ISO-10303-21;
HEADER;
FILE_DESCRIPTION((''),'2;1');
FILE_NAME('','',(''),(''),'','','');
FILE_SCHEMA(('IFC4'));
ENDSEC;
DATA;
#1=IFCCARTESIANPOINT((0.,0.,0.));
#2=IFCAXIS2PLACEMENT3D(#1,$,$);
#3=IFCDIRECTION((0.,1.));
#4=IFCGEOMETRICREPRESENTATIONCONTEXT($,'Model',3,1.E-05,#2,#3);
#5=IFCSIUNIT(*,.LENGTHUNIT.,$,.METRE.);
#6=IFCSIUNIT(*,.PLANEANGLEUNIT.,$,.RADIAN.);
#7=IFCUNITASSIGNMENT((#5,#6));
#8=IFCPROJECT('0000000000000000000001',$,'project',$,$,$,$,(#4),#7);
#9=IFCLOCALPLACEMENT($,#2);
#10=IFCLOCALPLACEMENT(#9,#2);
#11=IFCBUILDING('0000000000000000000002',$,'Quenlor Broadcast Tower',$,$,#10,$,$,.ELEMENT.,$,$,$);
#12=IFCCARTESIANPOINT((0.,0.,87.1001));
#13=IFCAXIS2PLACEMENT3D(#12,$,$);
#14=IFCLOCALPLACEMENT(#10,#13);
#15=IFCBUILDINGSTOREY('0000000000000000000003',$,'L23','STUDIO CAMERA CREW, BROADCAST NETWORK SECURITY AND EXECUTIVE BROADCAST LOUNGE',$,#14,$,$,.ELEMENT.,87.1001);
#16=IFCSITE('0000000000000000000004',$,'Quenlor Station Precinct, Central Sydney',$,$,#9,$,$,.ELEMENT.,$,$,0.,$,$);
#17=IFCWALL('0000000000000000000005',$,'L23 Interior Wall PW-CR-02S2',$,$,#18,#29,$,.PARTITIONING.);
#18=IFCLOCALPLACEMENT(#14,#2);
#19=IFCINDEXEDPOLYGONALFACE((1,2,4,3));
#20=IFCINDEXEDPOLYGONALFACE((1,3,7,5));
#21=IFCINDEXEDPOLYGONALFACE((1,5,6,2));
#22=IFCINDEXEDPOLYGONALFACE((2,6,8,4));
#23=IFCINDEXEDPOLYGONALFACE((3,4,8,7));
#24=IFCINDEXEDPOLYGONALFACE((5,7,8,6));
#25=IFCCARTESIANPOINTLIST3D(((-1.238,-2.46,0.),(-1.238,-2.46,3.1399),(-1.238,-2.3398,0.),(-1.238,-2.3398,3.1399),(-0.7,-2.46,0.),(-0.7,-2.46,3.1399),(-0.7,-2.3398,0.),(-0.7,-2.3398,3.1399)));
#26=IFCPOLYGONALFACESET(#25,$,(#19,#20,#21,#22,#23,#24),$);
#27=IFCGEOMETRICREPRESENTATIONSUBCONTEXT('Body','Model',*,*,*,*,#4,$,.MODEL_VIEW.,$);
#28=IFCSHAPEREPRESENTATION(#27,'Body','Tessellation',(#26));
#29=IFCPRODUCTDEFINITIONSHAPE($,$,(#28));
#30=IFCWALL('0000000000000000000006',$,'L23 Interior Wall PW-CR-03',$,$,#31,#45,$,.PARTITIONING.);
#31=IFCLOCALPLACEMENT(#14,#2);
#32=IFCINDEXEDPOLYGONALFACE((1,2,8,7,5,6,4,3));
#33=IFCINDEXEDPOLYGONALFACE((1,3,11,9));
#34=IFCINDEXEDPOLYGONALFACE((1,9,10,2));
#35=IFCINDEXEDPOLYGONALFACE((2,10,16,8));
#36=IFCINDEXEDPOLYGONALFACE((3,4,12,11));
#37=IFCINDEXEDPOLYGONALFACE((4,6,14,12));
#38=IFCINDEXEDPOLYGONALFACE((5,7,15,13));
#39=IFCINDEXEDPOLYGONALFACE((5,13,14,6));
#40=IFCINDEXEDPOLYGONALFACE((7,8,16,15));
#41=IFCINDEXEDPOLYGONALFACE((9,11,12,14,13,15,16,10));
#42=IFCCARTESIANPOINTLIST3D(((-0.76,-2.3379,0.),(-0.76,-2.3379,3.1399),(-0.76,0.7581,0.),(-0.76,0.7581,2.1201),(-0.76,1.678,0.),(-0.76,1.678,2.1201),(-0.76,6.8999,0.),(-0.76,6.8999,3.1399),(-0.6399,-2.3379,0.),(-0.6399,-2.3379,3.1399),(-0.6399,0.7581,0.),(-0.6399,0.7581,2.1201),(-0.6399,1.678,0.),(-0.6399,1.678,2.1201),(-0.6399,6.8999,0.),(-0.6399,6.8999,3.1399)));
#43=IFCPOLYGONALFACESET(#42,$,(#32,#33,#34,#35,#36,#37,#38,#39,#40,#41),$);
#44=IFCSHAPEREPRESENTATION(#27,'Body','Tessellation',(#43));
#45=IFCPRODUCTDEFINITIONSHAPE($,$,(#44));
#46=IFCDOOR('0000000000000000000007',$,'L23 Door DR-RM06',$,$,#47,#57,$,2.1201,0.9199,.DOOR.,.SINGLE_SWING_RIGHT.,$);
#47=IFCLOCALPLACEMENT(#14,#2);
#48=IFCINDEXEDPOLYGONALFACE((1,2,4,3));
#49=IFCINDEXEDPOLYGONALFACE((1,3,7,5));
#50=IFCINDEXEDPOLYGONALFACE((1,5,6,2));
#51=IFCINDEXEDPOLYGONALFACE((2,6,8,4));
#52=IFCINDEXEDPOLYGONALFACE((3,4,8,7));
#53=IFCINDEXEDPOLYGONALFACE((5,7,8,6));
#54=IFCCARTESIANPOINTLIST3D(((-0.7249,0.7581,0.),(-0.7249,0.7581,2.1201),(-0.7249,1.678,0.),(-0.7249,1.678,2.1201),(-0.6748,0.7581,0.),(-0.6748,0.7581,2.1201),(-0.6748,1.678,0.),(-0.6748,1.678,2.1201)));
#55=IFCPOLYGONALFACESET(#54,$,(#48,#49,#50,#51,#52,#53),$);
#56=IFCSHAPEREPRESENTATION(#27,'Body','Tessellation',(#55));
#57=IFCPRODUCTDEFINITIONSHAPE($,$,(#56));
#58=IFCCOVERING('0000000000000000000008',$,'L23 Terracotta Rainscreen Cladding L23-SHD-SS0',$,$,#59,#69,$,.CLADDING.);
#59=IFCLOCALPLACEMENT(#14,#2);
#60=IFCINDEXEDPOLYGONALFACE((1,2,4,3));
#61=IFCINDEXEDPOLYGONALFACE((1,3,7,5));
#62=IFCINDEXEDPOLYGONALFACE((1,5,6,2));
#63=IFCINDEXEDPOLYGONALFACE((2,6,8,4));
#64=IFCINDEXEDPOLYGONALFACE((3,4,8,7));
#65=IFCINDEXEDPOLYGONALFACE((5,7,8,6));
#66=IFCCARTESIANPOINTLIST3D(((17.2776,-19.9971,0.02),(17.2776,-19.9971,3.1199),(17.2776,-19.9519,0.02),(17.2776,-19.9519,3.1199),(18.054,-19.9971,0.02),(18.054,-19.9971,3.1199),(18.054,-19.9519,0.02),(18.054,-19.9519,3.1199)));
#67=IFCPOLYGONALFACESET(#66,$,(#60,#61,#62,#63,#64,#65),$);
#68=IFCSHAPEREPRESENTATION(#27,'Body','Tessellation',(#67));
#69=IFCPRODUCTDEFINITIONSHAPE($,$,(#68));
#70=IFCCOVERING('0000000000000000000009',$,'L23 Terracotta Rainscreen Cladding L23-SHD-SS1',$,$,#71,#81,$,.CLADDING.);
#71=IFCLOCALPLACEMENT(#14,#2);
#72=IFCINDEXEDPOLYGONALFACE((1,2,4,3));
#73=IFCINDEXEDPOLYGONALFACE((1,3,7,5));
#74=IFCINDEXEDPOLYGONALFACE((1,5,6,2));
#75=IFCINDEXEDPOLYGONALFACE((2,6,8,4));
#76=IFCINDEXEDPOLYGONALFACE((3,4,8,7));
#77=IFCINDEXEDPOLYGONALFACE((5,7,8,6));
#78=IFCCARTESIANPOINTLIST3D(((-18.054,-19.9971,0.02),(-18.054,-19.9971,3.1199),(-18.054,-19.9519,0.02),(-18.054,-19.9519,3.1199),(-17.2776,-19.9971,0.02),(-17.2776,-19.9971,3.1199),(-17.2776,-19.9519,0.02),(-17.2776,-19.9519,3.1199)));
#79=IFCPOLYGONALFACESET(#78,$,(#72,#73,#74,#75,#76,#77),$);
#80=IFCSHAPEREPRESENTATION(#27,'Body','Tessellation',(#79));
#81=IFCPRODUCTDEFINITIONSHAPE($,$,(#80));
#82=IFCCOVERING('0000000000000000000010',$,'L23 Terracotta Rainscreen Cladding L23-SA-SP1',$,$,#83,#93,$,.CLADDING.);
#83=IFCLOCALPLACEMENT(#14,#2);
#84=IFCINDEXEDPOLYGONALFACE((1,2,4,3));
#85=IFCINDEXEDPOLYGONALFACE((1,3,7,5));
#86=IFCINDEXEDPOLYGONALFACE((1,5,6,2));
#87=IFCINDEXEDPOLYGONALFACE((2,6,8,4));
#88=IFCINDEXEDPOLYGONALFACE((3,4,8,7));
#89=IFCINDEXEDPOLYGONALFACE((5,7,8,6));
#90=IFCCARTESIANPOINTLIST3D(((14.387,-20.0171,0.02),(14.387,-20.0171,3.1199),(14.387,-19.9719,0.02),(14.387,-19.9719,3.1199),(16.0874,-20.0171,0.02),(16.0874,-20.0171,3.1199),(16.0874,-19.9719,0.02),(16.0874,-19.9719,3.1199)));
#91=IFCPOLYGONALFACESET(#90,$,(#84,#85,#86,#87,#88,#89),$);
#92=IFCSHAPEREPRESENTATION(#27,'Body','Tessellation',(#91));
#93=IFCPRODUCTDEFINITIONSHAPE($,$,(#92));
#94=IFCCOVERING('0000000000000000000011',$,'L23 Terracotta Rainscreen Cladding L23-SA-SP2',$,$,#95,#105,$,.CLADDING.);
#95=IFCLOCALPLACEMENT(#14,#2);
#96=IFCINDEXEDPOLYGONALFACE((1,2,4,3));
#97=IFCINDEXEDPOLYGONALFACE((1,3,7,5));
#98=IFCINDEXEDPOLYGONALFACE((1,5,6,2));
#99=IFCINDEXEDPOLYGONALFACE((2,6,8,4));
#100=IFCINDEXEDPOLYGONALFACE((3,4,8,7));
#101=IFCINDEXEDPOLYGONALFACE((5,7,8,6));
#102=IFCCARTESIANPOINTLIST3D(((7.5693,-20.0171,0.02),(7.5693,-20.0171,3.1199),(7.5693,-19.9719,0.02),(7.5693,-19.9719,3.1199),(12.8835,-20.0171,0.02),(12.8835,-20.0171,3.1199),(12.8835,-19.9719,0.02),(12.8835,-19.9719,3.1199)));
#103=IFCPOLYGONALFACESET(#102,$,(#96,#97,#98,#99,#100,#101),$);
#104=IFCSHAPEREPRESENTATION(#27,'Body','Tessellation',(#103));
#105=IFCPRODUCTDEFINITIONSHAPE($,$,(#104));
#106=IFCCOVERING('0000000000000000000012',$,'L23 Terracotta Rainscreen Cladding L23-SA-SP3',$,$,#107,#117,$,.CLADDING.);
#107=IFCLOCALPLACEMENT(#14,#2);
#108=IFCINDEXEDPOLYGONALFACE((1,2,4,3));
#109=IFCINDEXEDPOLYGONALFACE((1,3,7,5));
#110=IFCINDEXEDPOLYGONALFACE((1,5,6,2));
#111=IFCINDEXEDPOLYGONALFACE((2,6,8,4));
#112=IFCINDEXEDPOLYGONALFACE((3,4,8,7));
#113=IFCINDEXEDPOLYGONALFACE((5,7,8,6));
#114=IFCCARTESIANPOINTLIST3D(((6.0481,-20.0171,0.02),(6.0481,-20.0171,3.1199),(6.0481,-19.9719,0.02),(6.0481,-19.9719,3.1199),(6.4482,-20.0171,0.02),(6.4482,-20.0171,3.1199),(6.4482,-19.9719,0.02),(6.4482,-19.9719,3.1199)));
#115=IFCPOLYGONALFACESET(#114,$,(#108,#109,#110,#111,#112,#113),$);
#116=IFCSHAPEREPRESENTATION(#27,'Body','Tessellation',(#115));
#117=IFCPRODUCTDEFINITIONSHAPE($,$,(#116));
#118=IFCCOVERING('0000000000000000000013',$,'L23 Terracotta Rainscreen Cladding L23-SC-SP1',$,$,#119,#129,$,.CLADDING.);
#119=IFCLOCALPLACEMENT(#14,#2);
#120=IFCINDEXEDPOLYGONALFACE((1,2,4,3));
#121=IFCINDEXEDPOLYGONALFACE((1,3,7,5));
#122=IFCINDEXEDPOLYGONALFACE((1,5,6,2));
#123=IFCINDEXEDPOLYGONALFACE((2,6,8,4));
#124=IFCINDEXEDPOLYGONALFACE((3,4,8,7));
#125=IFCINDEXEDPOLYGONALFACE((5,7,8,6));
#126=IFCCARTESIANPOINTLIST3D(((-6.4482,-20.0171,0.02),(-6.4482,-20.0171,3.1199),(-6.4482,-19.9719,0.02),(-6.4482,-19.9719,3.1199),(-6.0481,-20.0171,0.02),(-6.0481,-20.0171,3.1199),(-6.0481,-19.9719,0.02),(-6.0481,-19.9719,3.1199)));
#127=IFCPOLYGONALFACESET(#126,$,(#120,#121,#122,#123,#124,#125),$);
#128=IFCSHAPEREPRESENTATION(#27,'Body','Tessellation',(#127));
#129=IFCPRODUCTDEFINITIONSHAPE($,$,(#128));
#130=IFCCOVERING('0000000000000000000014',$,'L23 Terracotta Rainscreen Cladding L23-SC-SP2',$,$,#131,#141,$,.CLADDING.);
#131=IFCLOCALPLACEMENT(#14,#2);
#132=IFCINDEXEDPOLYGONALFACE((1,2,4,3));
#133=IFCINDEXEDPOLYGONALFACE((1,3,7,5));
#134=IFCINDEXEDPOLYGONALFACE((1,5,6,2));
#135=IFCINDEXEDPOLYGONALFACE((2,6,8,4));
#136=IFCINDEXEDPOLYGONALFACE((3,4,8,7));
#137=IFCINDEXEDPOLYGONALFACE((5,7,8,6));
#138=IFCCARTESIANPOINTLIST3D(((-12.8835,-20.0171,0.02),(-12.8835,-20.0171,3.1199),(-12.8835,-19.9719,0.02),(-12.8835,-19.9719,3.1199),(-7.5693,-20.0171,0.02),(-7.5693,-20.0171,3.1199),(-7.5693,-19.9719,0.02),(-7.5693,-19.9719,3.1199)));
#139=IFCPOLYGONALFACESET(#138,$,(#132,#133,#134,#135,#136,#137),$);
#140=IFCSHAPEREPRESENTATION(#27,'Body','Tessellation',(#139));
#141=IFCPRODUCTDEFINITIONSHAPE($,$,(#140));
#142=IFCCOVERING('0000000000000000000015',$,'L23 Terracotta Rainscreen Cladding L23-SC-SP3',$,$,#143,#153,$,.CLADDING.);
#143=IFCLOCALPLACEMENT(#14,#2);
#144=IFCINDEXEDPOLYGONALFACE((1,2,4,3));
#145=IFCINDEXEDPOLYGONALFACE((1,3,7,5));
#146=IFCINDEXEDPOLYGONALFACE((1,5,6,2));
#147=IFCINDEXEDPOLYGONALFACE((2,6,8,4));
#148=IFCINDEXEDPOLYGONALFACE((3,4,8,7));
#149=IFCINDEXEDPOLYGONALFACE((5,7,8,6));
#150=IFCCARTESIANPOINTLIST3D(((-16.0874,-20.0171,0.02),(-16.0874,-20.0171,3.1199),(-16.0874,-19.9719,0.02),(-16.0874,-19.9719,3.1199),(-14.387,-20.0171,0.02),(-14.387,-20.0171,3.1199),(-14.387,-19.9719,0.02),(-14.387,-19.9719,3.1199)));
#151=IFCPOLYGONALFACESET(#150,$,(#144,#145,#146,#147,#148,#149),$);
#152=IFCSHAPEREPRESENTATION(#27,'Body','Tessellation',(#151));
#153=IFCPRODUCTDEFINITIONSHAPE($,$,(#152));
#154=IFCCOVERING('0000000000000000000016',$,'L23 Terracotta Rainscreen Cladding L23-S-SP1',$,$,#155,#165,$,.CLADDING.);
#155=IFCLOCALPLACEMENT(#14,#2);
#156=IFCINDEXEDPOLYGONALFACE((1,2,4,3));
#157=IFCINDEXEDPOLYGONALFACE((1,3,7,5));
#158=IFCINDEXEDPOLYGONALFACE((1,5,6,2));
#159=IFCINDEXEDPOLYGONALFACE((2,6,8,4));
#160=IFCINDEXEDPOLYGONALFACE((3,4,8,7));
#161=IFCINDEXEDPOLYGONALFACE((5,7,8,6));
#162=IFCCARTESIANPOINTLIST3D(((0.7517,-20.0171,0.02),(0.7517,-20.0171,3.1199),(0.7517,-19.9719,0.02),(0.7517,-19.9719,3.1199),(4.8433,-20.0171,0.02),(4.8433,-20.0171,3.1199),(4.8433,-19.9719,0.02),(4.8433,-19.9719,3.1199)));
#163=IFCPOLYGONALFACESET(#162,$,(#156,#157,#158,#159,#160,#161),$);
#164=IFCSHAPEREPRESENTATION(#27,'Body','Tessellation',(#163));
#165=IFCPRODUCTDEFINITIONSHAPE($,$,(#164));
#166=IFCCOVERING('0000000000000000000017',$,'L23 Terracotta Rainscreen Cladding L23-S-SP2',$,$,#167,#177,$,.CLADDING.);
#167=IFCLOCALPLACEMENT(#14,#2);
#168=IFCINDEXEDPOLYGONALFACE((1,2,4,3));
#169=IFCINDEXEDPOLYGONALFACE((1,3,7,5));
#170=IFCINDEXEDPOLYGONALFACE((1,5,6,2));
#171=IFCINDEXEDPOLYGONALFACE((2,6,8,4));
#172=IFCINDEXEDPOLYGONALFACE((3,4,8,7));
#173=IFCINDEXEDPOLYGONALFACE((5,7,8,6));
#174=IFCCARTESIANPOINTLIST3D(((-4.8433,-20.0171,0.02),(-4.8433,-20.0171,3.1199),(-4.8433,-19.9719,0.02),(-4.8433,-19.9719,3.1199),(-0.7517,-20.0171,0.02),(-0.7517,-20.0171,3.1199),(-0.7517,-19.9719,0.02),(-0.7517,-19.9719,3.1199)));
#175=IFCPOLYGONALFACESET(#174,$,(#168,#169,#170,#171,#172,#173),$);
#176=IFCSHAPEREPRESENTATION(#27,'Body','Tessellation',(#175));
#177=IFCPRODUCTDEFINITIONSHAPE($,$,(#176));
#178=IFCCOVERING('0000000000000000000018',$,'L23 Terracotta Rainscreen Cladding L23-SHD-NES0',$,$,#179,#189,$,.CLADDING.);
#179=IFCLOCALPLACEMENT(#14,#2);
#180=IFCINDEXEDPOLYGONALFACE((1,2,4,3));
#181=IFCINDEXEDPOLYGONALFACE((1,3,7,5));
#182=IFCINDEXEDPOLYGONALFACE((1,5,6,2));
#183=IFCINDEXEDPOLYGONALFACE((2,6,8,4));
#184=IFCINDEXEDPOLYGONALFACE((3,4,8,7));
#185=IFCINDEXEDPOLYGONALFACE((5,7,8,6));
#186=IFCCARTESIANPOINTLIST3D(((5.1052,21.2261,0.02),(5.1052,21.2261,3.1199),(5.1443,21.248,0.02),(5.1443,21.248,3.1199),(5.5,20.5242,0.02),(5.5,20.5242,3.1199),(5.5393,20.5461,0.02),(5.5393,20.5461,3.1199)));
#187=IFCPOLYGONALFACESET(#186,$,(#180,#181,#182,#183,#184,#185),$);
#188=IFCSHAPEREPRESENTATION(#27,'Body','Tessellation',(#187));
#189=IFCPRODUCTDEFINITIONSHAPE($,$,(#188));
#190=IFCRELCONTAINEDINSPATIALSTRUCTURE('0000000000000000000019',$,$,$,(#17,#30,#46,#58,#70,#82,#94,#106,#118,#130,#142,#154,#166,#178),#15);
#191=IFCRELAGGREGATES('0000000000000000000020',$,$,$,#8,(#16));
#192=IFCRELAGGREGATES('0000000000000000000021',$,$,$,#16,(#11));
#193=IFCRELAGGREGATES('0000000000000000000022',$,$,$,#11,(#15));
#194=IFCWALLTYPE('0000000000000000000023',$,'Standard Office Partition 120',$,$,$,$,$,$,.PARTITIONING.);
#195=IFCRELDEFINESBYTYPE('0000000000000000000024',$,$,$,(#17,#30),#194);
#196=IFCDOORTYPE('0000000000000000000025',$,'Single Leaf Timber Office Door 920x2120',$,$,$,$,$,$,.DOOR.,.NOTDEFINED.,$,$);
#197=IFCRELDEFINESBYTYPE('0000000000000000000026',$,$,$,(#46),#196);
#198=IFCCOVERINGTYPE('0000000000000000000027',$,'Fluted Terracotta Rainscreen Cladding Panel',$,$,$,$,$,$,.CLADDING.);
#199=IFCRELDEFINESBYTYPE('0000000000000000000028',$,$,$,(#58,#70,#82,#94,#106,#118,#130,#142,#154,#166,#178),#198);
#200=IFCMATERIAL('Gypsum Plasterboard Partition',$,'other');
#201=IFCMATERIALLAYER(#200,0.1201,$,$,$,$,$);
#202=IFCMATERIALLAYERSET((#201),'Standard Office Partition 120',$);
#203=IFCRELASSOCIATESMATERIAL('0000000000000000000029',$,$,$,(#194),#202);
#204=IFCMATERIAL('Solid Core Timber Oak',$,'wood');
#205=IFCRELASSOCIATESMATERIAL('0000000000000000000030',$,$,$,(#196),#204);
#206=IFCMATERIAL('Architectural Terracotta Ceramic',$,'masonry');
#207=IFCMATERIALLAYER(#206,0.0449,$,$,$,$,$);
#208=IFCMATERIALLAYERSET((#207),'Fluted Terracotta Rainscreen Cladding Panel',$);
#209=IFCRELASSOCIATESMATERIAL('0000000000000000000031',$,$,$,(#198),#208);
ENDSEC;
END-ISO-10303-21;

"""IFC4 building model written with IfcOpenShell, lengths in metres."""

from ifc_helpers import new_model, si_unit, direction, frame, frame_2d, origin, place, context, subcontext, project, spatial, polyline, rectangle, outline, extrude, material, layer, layer_set, type_object, element, fill, save


model = new_model("IFC4")

# Units and contexts
model_context = context("Model", 3, precision=1e-05, world=origin(), true_north=direction((0.0, 1.0)))
body_context = subcontext(model_context, "Body", "Model", "MODEL_VIEW")
ifc_project = project(units=[si_unit("LENGTHUNIT", "METRE"), si_unit("PLANEANGLEUNIT", "RADIAN")], contexts=[model_context])

# Site, building, storey
site_placement = place(None, origin())
site = spatial("IfcSite", under=ifc_project, at=site_placement, Name="Quenlor Station Precinct, Central Sydney", CompositionType="ELEMENT", RefElevation=0.0)
building_placement = place(site_placement, origin())
building = spatial("IfcBuilding", under=site, at=building_placement, Name="Quenlor Broadcast Tower", CompositionType="ELEMENT")
storey_placement = place(building_placement, frame((0.0, 0.0, 87.1001)))
storey = spatial("IfcBuildingStorey", under=building, at=storey_placement, Name="L23", Description="STUDIO CAMERA CREW, BROADCAST NETWORK SECURITY AND EXECUTIVE BROADCAST LOUNGE", CompositionType="ELEMENT", Elevation=87.1001)

# Shared definitions
ifc_material_1 = material(Name="Gypsum Plasterboard Partition", Category="other")
ifc_layer_1 = layer(ifc_material_1, 0.1201)
ifc_layer_set_1 = layer_set([ifc_layer_1], Name="Standard Office Partition 120")
wall_type_1 = type_object("IfcWallType", Name="Standard Office Partition 120", PredefinedType="PARTITIONING", material=ifc_layer_set_1)

# Wall
wall_1_placement = place(storey_placement, frame((-1.238, -2.3999, 0.0), z_axis=(0.0, 0.0, 1.0), x_axis=(1.0, 0.0, 0.0)))
element("IfcWall", 1, at=wall_1_placement, inside=storey, type_object=wall_type_1, Name="L23 Interior Wall PW-CR-02S2", PredefinedType="PARTITIONING", context=body_context, shape_type="SweptSolid", body=[
    extrude(rectangle(XDim=0.5381, YDim=0.1201, at=frame_2d((0.269, 0.0))), origin(), (0.0, 0.0, 1.0), 3.1399),
])

# Wall, opening, door
wall_2_placement = place(storey_placement, frame((-0.7, -2.3379, 0.0), z_axis=(0.0, 0.0, 1.0), x_axis=(0.0, 1.0, 0.0)))
wall_2 = element("IfcWall", 2, at=wall_2_placement, inside=storey, type_object=wall_type_1, Name="L23 Interior Wall PW-CR-03", PredefinedType="PARTITIONING", context=body_context, shape_type="SweptSolid", body=[
    extrude(rectangle(XDim=9.2378, YDim=0.1201, at=frame_2d((4.6189, 0.0))), origin(), (0.0, 0.0, 1.0), 3.1399),
])
opening_1_placement = place(wall_2_placement, frame((3.0959, 0.0, 0.0)))
opening_1 = element("IfcOpeningElement", 3, at=opening_1_placement, cuts=wall_2, PredefinedType="OPENING", context=body_context, shape_type="SweptSolid", body=[
    extrude(rectangle(XDim=0.9199, YDim=2.1201, at=frame_2d((0.46, 1.0601))), frame((0.0, 0.0701, 0.0), z_axis=(0.0, -1.0, 0.0), x_axis=(1.0, 0.0, 0.0)), (0.0, 0.0, 1.0), 0.1401),
])
ifc_material_2 = material(Name="Solid Core Timber Oak", Category="wood")
door_type_1 = type_object("IfcDoorType", Name="Single Leaf Timber Office Door 920x2120", OperationType="NOTDEFINED", PredefinedType="DOOR", material=ifc_material_2)
door_1_placement = place(opening_1_placement, origin())
door_1 = element("IfcDoor", 4, at=door_1_placement, inside=storey, type_object=door_type_1, Name="L23 Door DR-RM06", OperationType="SINGLE_SWING_RIGHT", OverallHeight=2.1201, OverallWidth=0.9199, PredefinedType="DOOR", context=body_context, shape_type="SweptSolid", body=[
    extrude(rectangle(XDim=0.9199, YDim=2.1201, at=frame_2d((0.46, 1.0601))), frame((0.0, 0.0249, 0.0), z_axis=(0.0, -1.0, 0.0), x_axis=(1.0, 0.0, 0.0)), (0.0, 0.0, 1.0), 0.05),
])
fill(opening_1, door_1)

# Coverings
ifc_material_3 = material(Name="Architectural Terracotta Ceramic", Category="masonry")
ifc_layer_2 = layer(ifc_material_3, 0.0449)
ifc_layer_set_2 = layer_set([ifc_layer_2], Name="Fluted Terracotta Rainscreen Cladding Panel")
covering_type = type_object("IfcCoveringType", Name="Fluted Terracotta Rainscreen Cladding Panel", PredefinedType="CLADDING", material=ifc_layer_set_2)
covering_1_placement = place(storey_placement, frame((0.0, 0.0, 0.02)))
element("IfcCovering", 5, at=covering_1_placement, inside=storey, type_object=covering_type, Name="L23 Terracotta Rainscreen Cladding L23-SHD-SS0", PredefinedType="CLADDING", context=body_context, shape_type="SweptSolid", body=[
    extrude(outline(polyline([(18.054, -19.9519), (17.2776, -19.9519), (17.2776, -19.9971), (18.054, -19.9971), (18.054, -19.9519)])), origin(), (0.0, 0.0, 1.0), 3.0999),
])
covering_2_placement = place(storey_placement, frame((0.0, 0.0, 0.02)))
element("IfcCovering", 6, at=covering_2_placement, inside=storey, type_object=covering_type, Name="L23 Terracotta Rainscreen Cladding L23-SHD-SS1", PredefinedType="CLADDING", context=body_context, shape_type="SweptSolid", body=[
    extrude(outline(polyline([(-17.2776, -19.9519), (-18.054, -19.9519), (-18.054, -19.9971), (-17.2776, -19.9971), (-17.2776, -19.9519)])), origin(), (0.0, 0.0, 1.0), 3.0999),
])
covering_3_placement = place(storey_placement, frame((0.0, 0.0, 0.02)))
element("IfcCovering", 7, at=covering_3_placement, inside=storey, type_object=covering_type, Name="L23 Terracotta Rainscreen Cladding L23-SA-SP1", PredefinedType="CLADDING", context=body_context, shape_type="SweptSolid", body=[
    extrude(outline(polyline([(16.0874, -19.9719), (14.387, -19.9719), (14.387, -20.0171), (16.0874, -20.0171), (16.0874, -19.9719)])), origin(), (0.0, 0.0, 1.0), 3.0999),
])
covering_4_placement = place(storey_placement, frame((0.0, 0.0, 0.02)))
element("IfcCovering", 8, at=covering_4_placement, inside=storey, type_object=covering_type, Name="L23 Terracotta Rainscreen Cladding L23-SA-SP2", PredefinedType="CLADDING", context=body_context, shape_type="SweptSolid", body=[
    extrude(outline(polyline([(12.8835, -19.9719), (7.5693, -19.9719), (7.5693, -20.0171), (12.8835, -20.0171), (12.8835, -19.9719)])), origin(), (0.0, 0.0, 1.0), 3.0999),
])
covering_5_placement = place(storey_placement, frame((0.0, 0.0, 0.02)))
element("IfcCovering", 9, at=covering_5_placement, inside=storey, type_object=covering_type, Name="L23 Terracotta Rainscreen Cladding L23-SA-SP3", PredefinedType="CLADDING", context=body_context, shape_type="SweptSolid", body=[
    extrude(outline(polyline([(6.4482, -19.9719), (6.0481, -19.9719), (6.0481, -20.0171), (6.4482, -20.0171), (6.4482, -19.9719)])), origin(), (0.0, 0.0, 1.0), 3.0999),
])
covering_6_placement = place(storey_placement, frame((0.0, 0.0, 0.02)))
element("IfcCovering", 10, at=covering_6_placement, inside=storey, type_object=covering_type, Name="L23 Terracotta Rainscreen Cladding L23-SC-SP1", PredefinedType="CLADDING", context=body_context, shape_type="SweptSolid", body=[
    extrude(outline(polyline([(-6.0481, -19.9719), (-6.4482, -19.9719), (-6.4482, -20.0171), (-6.0481, -20.0171), (-6.0481, -19.9719)])), origin(), (0.0, 0.0, 1.0), 3.0999),
])
covering_7_placement = place(storey_placement, frame((0.0, 0.0, 0.02)))
element("IfcCovering", 11, at=covering_7_placement, inside=storey, type_object=covering_type, Name="L23 Terracotta Rainscreen Cladding L23-SC-SP2", PredefinedType="CLADDING", context=body_context, shape_type="SweptSolid", body=[
    extrude(outline(polyline([(-7.5693, -19.9719), (-12.8835, -19.9719), (-12.8835, -20.0171), (-7.5693, -20.0171), (-7.5693, -19.9719)])), origin(), (0.0, 0.0, 1.0), 3.0999),
])
covering_8_placement = place(storey_placement, frame((0.0, 0.0, 0.02)))
element("IfcCovering", 12, at=covering_8_placement, inside=storey, type_object=covering_type, Name="L23 Terracotta Rainscreen Cladding L23-SC-SP3", PredefinedType="CLADDING", context=body_context, shape_type="SweptSolid", body=[
    extrude(outline(polyline([(-14.387, -19.9719), (-16.0874, -19.9719), (-16.0874, -20.0171), (-14.387, -20.0171), (-14.387, -19.9719)])), origin(), (0.0, 0.0, 1.0), 3.0999),
])
covering_9_placement = place(storey_placement, frame((0.0, 0.0, 0.02)))
element("IfcCovering", 13, at=covering_9_placement, inside=storey, type_object=covering_type, Name="L23 Terracotta Rainscreen Cladding L23-S-SP1", PredefinedType="CLADDING", context=body_context, shape_type="SweptSolid", body=[
    extrude(outline(polyline([(4.8433, -19.9719), (0.7517, -19.9719), (0.7517, -20.0171), (4.8433, -20.0171), (4.8433, -19.9719)])), origin(), (0.0, 0.0, 1.0), 3.0999),
])
covering_10_placement = place(storey_placement, frame((0.0, 0.0, 0.02)))
element("IfcCovering", 14, at=covering_10_placement, inside=storey, type_object=covering_type, Name="L23 Terracotta Rainscreen Cladding L23-S-SP2", PredefinedType="CLADDING", context=body_context, shape_type="SweptSolid", body=[
    extrude(outline(polyline([(-0.7517, -19.9719), (-4.8433, -19.9719), (-4.8433, -20.0171), (-0.7517, -20.0171), (-0.7517, -19.9719)])), origin(), (0.0, 0.0, 1.0), 3.0999),
])
covering_11_placement = place(storey_placement, frame((0.0, 0.0, 0.02)))
element("IfcCovering", 15, at=covering_11_placement, inside=storey, type_object=covering_type, Name="L23 Terracotta Rainscreen Cladding L23-SHD-NES0", PredefinedType="CLADDING", context=body_context, shape_type="SweptSolid", body=[
    extrude(outline(polyline([(5.1052, 21.2261), (5.5, 20.5242), (5.5393, 20.5461), (5.1443, 21.248), (5.1052, 21.2261)])), origin(), (0.0, 0.0, 1.0), 3.0999),
])

save(model, "model.ifc")
